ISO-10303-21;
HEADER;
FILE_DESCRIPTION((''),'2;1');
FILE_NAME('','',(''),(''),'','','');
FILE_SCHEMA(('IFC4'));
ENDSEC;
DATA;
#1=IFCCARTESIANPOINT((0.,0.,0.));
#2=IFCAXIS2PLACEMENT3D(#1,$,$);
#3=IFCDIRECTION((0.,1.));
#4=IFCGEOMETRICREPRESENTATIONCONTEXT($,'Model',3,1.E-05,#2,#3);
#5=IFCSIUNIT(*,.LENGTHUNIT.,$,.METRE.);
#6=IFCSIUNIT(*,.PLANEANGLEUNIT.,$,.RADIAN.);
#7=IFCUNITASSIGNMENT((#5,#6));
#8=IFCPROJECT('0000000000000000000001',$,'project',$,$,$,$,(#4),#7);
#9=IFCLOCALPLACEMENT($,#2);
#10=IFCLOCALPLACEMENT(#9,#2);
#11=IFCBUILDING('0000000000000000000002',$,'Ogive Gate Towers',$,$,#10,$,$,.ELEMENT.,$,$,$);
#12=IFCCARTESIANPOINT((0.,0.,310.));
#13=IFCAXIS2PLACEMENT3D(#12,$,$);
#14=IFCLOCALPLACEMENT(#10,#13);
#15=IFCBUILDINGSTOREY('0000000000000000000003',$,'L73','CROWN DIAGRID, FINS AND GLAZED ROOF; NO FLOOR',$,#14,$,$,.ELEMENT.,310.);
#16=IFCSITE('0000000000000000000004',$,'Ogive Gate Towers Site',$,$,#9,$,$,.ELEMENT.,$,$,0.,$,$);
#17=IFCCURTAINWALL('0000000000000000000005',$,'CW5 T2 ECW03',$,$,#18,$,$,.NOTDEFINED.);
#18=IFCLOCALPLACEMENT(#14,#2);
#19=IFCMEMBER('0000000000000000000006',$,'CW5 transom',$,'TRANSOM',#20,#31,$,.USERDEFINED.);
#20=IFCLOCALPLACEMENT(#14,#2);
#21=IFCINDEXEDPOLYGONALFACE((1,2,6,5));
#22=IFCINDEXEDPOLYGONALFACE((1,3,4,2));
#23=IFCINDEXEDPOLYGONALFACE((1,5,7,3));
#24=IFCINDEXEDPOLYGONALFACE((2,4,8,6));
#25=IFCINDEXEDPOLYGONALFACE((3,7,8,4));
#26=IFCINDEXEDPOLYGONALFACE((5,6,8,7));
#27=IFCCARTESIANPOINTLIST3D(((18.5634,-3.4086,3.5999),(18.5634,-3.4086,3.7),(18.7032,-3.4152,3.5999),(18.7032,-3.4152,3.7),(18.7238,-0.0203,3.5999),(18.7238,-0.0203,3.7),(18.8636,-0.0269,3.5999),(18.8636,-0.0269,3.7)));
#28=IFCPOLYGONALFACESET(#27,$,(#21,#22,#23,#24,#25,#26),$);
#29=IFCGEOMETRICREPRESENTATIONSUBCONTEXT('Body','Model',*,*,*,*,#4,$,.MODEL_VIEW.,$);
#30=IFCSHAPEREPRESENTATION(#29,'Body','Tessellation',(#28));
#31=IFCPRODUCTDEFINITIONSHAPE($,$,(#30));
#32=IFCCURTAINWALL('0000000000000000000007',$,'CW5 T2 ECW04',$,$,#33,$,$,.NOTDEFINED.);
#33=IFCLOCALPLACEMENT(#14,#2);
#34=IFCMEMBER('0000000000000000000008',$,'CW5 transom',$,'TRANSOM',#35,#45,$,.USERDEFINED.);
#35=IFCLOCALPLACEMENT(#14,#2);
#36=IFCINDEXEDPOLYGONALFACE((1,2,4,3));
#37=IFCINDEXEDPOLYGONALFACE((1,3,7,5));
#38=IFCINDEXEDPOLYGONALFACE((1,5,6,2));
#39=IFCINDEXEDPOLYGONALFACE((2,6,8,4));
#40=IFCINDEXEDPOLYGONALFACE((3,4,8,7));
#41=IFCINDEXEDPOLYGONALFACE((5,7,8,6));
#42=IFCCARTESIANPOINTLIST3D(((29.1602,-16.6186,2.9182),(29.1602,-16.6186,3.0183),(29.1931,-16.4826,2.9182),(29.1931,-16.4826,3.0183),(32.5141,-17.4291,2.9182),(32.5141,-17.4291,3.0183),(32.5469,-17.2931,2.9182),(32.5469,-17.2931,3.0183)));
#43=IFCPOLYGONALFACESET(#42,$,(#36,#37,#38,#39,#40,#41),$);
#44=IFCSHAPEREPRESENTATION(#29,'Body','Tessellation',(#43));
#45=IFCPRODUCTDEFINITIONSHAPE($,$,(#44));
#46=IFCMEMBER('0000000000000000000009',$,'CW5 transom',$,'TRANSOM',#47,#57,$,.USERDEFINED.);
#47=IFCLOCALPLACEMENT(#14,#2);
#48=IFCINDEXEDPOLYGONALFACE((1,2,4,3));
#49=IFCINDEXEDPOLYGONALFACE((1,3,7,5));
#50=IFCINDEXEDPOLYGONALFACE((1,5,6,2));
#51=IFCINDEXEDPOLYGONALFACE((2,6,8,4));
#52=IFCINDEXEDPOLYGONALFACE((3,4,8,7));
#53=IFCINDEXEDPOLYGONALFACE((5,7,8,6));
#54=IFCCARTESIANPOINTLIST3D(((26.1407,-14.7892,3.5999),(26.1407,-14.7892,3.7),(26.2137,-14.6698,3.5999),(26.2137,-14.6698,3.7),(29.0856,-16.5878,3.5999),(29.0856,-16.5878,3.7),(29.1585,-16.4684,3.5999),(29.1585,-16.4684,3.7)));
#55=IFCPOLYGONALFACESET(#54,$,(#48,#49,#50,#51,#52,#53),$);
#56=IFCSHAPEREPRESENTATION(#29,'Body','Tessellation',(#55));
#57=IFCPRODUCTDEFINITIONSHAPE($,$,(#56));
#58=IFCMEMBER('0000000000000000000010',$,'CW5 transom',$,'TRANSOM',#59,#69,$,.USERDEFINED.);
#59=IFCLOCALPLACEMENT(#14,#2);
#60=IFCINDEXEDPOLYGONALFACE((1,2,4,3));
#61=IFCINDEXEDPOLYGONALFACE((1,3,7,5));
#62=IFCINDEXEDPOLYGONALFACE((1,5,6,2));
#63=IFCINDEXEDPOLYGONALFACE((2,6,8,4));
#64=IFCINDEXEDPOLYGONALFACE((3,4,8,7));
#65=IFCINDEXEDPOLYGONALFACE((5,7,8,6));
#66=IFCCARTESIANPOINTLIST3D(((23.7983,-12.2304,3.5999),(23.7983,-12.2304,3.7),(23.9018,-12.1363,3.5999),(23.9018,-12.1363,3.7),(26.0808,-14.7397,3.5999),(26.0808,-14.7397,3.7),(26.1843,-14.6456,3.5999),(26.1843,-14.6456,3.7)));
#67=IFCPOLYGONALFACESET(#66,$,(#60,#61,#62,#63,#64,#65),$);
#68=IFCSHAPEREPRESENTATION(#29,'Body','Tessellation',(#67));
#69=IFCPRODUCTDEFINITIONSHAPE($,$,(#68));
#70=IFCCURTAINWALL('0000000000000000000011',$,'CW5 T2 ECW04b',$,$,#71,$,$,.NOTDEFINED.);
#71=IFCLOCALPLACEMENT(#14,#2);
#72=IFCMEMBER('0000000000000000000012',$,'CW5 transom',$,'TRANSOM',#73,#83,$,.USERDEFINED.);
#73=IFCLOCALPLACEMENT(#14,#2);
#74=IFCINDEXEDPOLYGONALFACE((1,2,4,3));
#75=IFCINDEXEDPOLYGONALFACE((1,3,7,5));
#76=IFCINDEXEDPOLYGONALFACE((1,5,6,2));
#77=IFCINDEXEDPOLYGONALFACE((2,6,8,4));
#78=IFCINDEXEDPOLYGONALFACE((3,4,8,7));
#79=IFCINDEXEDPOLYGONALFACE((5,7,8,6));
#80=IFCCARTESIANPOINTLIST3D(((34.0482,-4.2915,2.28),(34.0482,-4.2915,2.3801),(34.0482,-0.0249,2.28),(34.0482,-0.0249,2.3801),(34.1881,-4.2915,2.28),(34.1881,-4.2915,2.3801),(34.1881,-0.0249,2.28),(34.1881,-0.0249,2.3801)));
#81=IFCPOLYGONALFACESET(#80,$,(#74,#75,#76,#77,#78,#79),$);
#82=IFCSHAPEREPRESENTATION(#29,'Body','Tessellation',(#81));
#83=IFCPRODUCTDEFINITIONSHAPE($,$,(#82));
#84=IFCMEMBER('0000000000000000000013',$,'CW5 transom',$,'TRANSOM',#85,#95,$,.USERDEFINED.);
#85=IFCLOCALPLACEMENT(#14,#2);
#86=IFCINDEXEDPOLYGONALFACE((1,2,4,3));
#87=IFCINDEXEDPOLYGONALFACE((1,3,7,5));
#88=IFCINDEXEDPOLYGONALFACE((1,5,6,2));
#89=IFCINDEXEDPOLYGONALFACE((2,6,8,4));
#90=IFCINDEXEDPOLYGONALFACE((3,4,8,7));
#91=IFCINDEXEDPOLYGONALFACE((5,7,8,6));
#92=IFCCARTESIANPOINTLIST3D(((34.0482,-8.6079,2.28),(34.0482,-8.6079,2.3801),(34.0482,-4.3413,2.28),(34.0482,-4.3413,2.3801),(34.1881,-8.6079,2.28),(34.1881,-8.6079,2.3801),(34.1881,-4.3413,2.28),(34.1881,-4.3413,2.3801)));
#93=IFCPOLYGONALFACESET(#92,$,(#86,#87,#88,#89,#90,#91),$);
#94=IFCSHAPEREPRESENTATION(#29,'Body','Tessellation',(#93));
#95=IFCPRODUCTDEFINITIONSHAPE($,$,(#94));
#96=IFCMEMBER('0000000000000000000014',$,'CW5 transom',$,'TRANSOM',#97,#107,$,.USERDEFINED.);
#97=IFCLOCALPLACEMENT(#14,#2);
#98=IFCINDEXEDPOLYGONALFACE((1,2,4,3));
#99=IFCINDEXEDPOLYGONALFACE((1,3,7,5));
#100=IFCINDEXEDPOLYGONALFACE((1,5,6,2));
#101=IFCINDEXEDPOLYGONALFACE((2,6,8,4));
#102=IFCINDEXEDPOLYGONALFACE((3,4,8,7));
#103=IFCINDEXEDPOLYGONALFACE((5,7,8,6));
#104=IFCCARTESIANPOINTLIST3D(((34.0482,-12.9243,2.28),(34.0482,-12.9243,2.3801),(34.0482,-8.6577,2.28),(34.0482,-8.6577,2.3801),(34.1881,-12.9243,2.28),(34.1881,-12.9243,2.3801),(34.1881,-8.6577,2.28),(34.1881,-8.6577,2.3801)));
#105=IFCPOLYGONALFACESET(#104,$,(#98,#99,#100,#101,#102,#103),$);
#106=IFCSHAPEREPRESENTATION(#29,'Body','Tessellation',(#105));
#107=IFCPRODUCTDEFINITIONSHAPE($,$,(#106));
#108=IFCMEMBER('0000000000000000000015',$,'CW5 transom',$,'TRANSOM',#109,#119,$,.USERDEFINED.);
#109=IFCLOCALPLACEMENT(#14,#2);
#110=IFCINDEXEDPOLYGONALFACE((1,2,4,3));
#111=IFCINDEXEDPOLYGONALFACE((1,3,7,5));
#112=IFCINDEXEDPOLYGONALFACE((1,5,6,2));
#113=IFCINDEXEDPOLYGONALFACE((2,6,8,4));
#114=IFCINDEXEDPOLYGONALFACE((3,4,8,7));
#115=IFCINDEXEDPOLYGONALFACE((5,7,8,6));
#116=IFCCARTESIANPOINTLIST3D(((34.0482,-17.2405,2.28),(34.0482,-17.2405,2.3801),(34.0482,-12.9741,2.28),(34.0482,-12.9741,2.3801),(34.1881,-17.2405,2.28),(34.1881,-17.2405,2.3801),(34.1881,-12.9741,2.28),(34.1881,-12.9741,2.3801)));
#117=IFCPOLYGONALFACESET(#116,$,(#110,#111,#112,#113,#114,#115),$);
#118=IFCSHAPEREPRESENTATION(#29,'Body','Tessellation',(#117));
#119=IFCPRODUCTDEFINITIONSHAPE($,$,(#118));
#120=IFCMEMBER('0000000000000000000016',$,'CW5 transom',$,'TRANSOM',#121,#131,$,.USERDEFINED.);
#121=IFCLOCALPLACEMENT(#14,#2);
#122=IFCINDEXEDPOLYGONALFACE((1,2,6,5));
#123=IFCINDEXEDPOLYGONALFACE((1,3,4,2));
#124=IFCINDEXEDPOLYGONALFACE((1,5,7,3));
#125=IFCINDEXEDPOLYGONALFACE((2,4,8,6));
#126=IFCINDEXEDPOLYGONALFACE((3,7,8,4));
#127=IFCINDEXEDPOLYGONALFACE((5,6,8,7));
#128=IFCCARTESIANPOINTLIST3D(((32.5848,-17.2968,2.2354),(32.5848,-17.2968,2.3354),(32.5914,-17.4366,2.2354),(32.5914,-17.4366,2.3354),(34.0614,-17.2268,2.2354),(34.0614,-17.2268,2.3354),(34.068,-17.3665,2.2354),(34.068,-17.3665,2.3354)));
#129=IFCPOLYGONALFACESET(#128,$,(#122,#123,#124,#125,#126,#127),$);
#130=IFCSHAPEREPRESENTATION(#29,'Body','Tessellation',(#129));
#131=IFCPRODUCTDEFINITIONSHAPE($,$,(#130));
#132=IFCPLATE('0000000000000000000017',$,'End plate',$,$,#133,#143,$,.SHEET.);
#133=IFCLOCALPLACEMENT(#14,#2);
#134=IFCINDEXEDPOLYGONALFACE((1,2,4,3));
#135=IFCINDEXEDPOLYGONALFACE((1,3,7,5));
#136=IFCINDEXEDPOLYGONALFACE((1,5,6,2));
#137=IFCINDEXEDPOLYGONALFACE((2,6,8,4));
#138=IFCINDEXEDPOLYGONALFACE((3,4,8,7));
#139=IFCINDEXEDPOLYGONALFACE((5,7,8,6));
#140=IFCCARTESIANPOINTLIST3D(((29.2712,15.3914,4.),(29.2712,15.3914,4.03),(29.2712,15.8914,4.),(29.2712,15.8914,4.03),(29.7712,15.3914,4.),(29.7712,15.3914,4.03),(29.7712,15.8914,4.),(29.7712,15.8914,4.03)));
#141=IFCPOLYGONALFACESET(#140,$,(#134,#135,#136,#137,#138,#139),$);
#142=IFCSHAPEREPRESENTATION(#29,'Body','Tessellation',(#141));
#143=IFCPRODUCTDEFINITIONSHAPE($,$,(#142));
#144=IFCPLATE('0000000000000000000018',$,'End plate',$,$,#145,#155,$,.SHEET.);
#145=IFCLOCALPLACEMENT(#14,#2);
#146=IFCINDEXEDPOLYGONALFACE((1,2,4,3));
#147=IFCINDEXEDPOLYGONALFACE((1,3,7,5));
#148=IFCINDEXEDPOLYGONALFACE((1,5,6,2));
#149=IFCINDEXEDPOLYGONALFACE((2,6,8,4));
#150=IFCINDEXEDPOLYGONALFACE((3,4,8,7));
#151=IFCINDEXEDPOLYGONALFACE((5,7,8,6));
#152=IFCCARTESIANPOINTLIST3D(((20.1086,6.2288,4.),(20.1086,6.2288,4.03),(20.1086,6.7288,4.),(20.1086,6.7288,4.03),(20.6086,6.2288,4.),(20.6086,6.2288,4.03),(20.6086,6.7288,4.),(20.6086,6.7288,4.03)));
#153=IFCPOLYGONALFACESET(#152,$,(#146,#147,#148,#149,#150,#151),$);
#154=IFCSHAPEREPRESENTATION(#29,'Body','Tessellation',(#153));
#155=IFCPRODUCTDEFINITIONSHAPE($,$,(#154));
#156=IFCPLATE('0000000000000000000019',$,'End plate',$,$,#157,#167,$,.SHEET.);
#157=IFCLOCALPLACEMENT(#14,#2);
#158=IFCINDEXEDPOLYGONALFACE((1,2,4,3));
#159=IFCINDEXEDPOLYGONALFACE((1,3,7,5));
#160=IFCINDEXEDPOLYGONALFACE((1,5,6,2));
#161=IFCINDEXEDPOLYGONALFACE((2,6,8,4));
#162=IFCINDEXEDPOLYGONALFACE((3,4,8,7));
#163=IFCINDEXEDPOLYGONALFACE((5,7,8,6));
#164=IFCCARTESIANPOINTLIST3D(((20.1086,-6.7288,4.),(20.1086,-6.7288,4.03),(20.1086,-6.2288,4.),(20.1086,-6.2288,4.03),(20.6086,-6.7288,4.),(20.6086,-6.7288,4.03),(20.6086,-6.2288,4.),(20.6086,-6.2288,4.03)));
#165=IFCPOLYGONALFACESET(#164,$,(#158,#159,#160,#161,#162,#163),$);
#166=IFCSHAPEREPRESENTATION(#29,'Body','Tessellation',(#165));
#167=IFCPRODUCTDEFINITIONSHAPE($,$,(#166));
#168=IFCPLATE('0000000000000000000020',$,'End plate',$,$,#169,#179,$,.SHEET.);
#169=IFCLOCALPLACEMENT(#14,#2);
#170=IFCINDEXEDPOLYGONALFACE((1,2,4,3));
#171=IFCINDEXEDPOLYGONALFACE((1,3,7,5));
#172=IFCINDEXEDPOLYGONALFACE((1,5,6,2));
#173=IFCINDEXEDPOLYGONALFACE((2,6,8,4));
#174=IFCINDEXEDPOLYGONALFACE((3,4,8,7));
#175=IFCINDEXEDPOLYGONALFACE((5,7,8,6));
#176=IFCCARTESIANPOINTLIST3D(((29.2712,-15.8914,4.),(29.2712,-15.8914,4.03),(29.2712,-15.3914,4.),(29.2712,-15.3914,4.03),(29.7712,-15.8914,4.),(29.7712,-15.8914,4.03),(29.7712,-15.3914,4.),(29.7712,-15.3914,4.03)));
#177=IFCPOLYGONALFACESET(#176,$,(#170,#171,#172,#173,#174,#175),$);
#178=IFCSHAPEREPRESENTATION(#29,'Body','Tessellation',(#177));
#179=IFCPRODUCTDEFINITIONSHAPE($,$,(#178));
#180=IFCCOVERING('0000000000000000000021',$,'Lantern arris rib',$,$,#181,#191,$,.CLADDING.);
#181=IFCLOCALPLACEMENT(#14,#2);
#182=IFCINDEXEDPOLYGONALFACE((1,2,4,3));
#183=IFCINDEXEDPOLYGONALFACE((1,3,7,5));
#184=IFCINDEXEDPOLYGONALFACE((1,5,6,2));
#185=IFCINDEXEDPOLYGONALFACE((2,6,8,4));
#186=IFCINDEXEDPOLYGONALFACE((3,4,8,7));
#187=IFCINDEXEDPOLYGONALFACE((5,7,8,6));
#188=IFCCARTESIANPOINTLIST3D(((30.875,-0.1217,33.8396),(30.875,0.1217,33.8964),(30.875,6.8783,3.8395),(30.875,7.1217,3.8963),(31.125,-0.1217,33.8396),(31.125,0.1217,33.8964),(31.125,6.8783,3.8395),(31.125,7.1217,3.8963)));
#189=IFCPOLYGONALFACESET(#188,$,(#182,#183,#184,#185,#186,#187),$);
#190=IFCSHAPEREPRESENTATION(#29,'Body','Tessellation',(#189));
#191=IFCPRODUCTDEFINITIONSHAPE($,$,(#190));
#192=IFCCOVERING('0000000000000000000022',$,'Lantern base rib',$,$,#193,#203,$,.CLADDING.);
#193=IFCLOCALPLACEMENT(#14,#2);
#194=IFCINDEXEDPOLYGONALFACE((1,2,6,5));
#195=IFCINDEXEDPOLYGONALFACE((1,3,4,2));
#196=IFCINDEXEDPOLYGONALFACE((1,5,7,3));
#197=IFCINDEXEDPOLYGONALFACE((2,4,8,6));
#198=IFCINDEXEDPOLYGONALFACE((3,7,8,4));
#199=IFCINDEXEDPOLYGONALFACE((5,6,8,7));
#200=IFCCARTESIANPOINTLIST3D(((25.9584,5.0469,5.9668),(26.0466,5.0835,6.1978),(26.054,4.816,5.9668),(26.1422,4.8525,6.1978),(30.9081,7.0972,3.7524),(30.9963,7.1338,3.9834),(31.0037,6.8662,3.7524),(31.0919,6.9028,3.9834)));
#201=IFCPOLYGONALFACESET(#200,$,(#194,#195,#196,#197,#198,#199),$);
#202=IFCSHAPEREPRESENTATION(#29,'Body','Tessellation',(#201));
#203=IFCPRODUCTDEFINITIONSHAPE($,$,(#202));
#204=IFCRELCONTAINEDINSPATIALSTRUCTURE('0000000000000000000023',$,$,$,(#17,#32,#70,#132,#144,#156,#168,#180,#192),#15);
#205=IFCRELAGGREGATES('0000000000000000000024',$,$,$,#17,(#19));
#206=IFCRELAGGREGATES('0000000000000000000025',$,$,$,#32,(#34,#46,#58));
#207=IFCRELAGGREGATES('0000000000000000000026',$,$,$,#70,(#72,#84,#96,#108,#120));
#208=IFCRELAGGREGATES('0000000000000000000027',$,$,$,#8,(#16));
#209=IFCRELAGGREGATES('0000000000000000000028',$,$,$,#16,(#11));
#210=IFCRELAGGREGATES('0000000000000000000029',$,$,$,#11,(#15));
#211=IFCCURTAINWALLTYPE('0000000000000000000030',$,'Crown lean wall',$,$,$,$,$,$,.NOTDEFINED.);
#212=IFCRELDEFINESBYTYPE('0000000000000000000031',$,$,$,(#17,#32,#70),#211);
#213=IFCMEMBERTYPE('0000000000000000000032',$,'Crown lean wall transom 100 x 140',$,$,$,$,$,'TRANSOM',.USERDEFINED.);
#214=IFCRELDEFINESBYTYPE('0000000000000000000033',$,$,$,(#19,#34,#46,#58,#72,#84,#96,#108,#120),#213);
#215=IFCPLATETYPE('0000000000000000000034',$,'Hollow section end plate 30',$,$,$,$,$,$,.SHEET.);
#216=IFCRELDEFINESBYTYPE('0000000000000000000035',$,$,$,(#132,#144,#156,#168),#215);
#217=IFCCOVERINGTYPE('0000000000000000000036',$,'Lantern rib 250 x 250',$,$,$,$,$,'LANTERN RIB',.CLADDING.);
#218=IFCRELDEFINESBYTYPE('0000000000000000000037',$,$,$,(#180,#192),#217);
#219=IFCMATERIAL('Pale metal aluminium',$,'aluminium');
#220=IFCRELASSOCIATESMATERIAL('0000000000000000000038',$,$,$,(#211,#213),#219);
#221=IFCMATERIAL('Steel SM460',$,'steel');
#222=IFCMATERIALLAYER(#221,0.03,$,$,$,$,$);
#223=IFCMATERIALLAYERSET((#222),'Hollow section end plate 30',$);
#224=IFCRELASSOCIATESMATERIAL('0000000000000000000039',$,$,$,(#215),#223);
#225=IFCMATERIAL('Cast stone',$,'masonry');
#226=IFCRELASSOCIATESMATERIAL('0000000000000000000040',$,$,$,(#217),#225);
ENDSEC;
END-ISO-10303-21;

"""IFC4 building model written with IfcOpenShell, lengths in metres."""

from ifc_helpers import new_model, si_unit, direction, frame, origin, origin_2d, place, context, subcontext, project, spatial, polyline, rectangle, outline, extrude, material, layer, layer_set, material_profile, profile_set, type_object, element, aggregate, save


model = new_model("IFC4")

# Units and contexts
model_context = context("Model", 3, precision=1e-05, world=origin(), true_north=direction((0.0, 1.0)))
body_context = subcontext(model_context, "Body", "Model", "MODEL_VIEW")
ifc_project = project(units=[si_unit("LENGTHUNIT", "METRE"), si_unit("PLANEANGLEUNIT", "RADIAN")], contexts=[model_context])

# Site, building, storey
site_placement = place(None, origin())
site = spatial("IfcSite", under=ifc_project, at=site_placement, Name="Ogive Gate Towers Site", CompositionType="ELEMENT", RefElevation=0.0)
building_placement = place(site_placement, origin())
building = spatial("IfcBuilding", under=site, at=building_placement, Name="Ogive Gate Towers", CompositionType="ELEMENT")
storey_placement = place(building_placement, frame((0.0, 0.0, 310.0)))
storey = spatial("IfcBuildingStorey", under=building, at=storey_placement, Name="L73", Description="CROWN DIAGRID, FINS AND GLAZED ROOF; NO FLOOR", CompositionType="ELEMENT", Elevation=310.0)

# Curtain walls, members
ifc_material_1 = material(Name="Pale metal aluminium", Category="aluminium")
curtain_wall_type = type_object("IfcCurtainWallType", Name="Crown lean wall", PredefinedType="NOTDEFINED", material=ifc_material_1)
ifc_material_profile_1 = material_profile(ifc_material_1, rectangle(XDim=0.1399, YDim=0.1001, at=origin_2d()), Name="100 x 140 aluminium box")
ifc_profile_set_1 = profile_set([ifc_material_profile_1], Name="Pale metal aluminium")
member_type = type_object("IfcMemberType", Name="Crown lean wall transom 100 x 140", ElementType="TRANSOM", PredefinedType="USERDEFINED", material=ifc_profile_set_1)
curtain_wall_1_placement = place(storey_placement, origin())
curtain_wall_1 = element("IfcCurtainWall", 1, at=curtain_wall_1_placement, inside=storey, type_object=curtain_wall_type, Name="CW5 T2 ECW03", PredefinedType="NOTDEFINED")
member_1_placement = place(storey_placement, frame((18.6333, -3.4119, 3.6499), z_axis=(0.047288, 0.998881, 0.0), x_axis=(-0.998881, 0.047288, 0.0)))
member_1 = element("IfcMember", 2, at=member_1_placement, type_object=member_type, Name="CW5 transom", ObjectType="TRANSOM", PredefinedType="USERDEFINED", context=body_context, shape_type="SweptSolid", body=[
    extrude(rectangle(XDim=0.1399, YDim=0.1001, at=origin_2d()), origin(), (0.0, 0.0, 1.0), 3.3921),
])
aggregate(curtain_wall_1, [member_1])
curtain_wall_2_placement = place(storey_placement, origin())
curtain_wall_2 = element("IfcCurtainWall", 3, at=curtain_wall_2_placement, inside=storey, type_object=curtain_wall_type, Name="CW5 T2 ECW04", PredefinedType="NOTDEFINED")
member_2_placement = place(storey_placement, frame((32.5305, -17.3611, 2.9683), z_axis=(-0.972019, 0.234903, 0.0), x_axis=(-0.234903, -0.972019, 0.0)))
member_2 = element("IfcMember", 4, at=member_2_placement, type_object=member_type, Name="CW5 transom", ObjectType="TRANSOM", PredefinedType="USERDEFINED", context=body_context, shape_type="SweptSolid", body=[
    extrude(rectangle(XDim=0.1399, YDim=0.1001, at=origin_2d()), origin(), (0.0, 0.0, 1.0), 3.4504),
])
member_3_placement = place(storey_placement, frame((29.1221, -16.5281, 3.6499), z_axis=(-0.853415, 0.521232, 0.0), x_axis=(-0.521232, -0.853415, 0.0)))
member_3 = element("IfcMember", 5, at=member_3_placement, type_object=member_type, Name="CW5 transom", ObjectType="TRANSOM", PredefinedType="USERDEFINED", context=body_context, shape_type="SweptSolid", body=[
    extrude(rectangle(XDim=0.1399, YDim=0.1001, at=origin_2d()), origin(), (0.0, 0.0, 1.0), 3.4507),
])
member_4_placement = place(storey_placement, frame((26.1326, -14.6926, 3.6499), z_axis=(-0.672884, 0.739748, 0.0), x_axis=(-0.739748, -0.672884, 0.0)))
member_4 = element("IfcMember", 6, at=member_4_placement, type_object=member_type, Name="CW5 transom", ObjectType="TRANSOM", PredefinedType="USERDEFINED", context=body_context, shape_type="SweptSolid", body=[
    extrude(rectangle(XDim=0.1399, YDim=0.1001, at=origin_2d()), origin(), (0.0, 0.0, 1.0), 3.3921),
])
aggregate(curtain_wall_2, [member_2, member_3, member_4])
curtain_wall_3_placement = place(storey_placement, origin())
curtain_wall_3 = element("IfcCurtainWall", 7, at=curtain_wall_3_placement, inside=storey, type_object=curtain_wall_type, Name="CW5 T2 ECW04b", PredefinedType="NOTDEFINED")
member_5_placement = place(storey_placement, frame((34.1182, -0.0249, 2.3301), z_axis=(0.0, -1.0, 0.0), x_axis=(1.0, 0.0, 0.0)))
member_5 = element("IfcMember", 8, at=member_5_placement, type_object=member_type, Name="CW5 transom", ObjectType="TRANSOM", PredefinedType="USERDEFINED", context=body_context, shape_type="SweptSolid", body=[
    extrude(rectangle(XDim=0.1399, YDim=0.1001, at=origin_2d()), origin(), (0.0, 0.0, 1.0), 4.2666),
])
member_6_placement = place(storey_placement, frame((34.1182, -4.3413, 2.3301), z_axis=(0.0, -1.0, 0.0), x_axis=(1.0, 0.0, 0.0)))
member_6 = element("IfcMember", 9, at=member_6_placement, type_object=member_type, Name="CW5 transom", ObjectType="TRANSOM", PredefinedType="USERDEFINED", context=body_context, shape_type="SweptSolid", body=[
    extrude(rectangle(XDim=0.1399, YDim=0.1001, at=origin_2d()), origin(), (0.0, 0.0, 1.0), 4.2666),
])
member_7_placement = place(storey_placement, frame((34.1182, -8.6577, 2.3301), z_axis=(0.0, -1.0, 0.0), x_axis=(1.0, 0.0, 0.0)))
member_7 = element("IfcMember", 10, at=member_7_placement, type_object=member_type, Name="CW5 transom", ObjectType="TRANSOM", PredefinedType="USERDEFINED", context=body_context, shape_type="SweptSolid", body=[
    extrude(rectangle(XDim=0.1399, YDim=0.1001, at=origin_2d()), origin(), (0.0, 0.0, 1.0), 4.2666),
])
member_8_placement = place(storey_placement, frame((34.1182, -12.9741, 2.3301), z_axis=(0.0, -1.0, 0.0), x_axis=(1.0, 0.0, 0.0)))
member_8 = element("IfcMember", 11, at=member_8_placement, type_object=member_type, Name="CW5 transom", ObjectType="TRANSOM", PredefinedType="USERDEFINED", context=body_context, shape_type="SweptSolid", body=[
    extrude(rectangle(XDim=0.1399, YDim=0.1001, at=origin_2d()), origin(), (0.0, 0.0, 1.0), 4.2664),
])
member_9_placement = place(storey_placement, frame((34.0647, -17.2966, 2.2854), z_axis=(-0.998876, -0.0474, 0.0), x_axis=(0.0474, -0.998876, 0.0)))
member_9 = element("IfcMember", 12, at=member_9_placement, type_object=member_type, Name="CW5 transom", ObjectType="TRANSOM", PredefinedType="USERDEFINED", context=body_context, shape_type="SweptSolid", body=[
    extrude(rectangle(XDim=0.1399, YDim=0.1001, at=origin_2d()), origin(), (0.0, 0.0, 1.0), 1.4783),
])
aggregate(curtain_wall_3, [member_5, member_6, member_7, member_8, member_9])

# Plates
ifc_material_2 = material(Name="Steel SM460", Category="steel")
ifc_layer = layer(ifc_material_2, 0.03)
ifc_layer_set = layer_set([ifc_layer], Name="Hollow section end plate 30")
plate_type = type_object("IfcPlateType", Name="Hollow section end plate 30", PredefinedType="SHEET", material=ifc_layer_set)
for number, where, z_axis, x_axis, name in (
    (13, (29.2712, 15.3914, 4.03), (0.0, 0.0, 1.0), (1.0, 0.0, 0.0), "End plate"),
    (14, (20.1086, 6.2288, 4.03), (0.0, 0.0, 1.0), (1.0, 0.0, 0.0), "End plate"),
    (15, (20.1086, -6.7288, 4.03), (0.0, 0.0, 1.0), (1.0, 0.0, 0.0), "End plate"),
    (16, (29.2712, -15.8914, 4.03), (0.0, 0.0, 1.0), (1.0, 0.0, 0.0), "End plate"),
):
    element("IfcPlate", number, at=place(storey_placement, frame(where, z_axis=z_axis, x_axis=x_axis)), inside=storey, type_object=plate_type, Name=name, PredefinedType="SHEET", context=body_context, shape_type="SweptSolid", body=[
        extrude(outline(polyline([(0.0, 0.0), (0.5, 0.0), (0.5, 0.5), (0.0, 0.5), (0.0, 0.0)])), origin(), (0.0, 0.0, -1.0), 0.03),
    ])

# Coverings
ifc_material_3 = material(Name="Cast stone", Category="masonry")
ifc_material_profile_2 = material_profile(ifc_material_3, rectangle(XDim=0.25, YDim=0.25, at=origin_2d()), Name="250 x 250 cast stone")
ifc_profile_set_2 = profile_set([ifc_material_profile_2], Name="Cast stone")
covering_type = type_object("IfcCoveringType", Name="Lantern rib 250 x 250", ElementType="LANTERN RIB", PredefinedType="CLADDING", material=ifc_profile_set_2)
covering_1_placement = place(storey_placement, frame((31.0, 7.0, 3.8679), z_axis=(0.0, -0.22723, 0.973841), x_axis=(1.0, 0.0, 0.0)))
element("IfcCovering", 17, at=covering_1_placement, inside=storey, type_object=covering_type, Name="Lantern arris rib", PredefinedType="CLADDING", context=body_context, shape_type="SweptSolid", body=[
    extrude(rectangle(XDim=0.25, YDim=0.25, at=origin_2d()), origin(), (0.0, 0.0, 1.0), 30.8059),
])
covering_2_placement = place(storey_placement, frame((31.0, 7.0, 3.8679), z_axis=(-0.853821, -0.353674, 0.381975), x_axis=(0.382693, -0.923876, 0.0)))
element("IfcCovering", 18, at=covering_2_placement, inside=storey, type_object=covering_type, Name="Lantern base rib", PredefinedType="CLADDING", context=body_context, shape_type="SweptSolid", body=[
    extrude(rectangle(XDim=0.25, YDim=0.25, at=origin_2d()), origin(), (0.0, 0.0, 1.0), 5.7971),
])

save(model, "model.ifc")
